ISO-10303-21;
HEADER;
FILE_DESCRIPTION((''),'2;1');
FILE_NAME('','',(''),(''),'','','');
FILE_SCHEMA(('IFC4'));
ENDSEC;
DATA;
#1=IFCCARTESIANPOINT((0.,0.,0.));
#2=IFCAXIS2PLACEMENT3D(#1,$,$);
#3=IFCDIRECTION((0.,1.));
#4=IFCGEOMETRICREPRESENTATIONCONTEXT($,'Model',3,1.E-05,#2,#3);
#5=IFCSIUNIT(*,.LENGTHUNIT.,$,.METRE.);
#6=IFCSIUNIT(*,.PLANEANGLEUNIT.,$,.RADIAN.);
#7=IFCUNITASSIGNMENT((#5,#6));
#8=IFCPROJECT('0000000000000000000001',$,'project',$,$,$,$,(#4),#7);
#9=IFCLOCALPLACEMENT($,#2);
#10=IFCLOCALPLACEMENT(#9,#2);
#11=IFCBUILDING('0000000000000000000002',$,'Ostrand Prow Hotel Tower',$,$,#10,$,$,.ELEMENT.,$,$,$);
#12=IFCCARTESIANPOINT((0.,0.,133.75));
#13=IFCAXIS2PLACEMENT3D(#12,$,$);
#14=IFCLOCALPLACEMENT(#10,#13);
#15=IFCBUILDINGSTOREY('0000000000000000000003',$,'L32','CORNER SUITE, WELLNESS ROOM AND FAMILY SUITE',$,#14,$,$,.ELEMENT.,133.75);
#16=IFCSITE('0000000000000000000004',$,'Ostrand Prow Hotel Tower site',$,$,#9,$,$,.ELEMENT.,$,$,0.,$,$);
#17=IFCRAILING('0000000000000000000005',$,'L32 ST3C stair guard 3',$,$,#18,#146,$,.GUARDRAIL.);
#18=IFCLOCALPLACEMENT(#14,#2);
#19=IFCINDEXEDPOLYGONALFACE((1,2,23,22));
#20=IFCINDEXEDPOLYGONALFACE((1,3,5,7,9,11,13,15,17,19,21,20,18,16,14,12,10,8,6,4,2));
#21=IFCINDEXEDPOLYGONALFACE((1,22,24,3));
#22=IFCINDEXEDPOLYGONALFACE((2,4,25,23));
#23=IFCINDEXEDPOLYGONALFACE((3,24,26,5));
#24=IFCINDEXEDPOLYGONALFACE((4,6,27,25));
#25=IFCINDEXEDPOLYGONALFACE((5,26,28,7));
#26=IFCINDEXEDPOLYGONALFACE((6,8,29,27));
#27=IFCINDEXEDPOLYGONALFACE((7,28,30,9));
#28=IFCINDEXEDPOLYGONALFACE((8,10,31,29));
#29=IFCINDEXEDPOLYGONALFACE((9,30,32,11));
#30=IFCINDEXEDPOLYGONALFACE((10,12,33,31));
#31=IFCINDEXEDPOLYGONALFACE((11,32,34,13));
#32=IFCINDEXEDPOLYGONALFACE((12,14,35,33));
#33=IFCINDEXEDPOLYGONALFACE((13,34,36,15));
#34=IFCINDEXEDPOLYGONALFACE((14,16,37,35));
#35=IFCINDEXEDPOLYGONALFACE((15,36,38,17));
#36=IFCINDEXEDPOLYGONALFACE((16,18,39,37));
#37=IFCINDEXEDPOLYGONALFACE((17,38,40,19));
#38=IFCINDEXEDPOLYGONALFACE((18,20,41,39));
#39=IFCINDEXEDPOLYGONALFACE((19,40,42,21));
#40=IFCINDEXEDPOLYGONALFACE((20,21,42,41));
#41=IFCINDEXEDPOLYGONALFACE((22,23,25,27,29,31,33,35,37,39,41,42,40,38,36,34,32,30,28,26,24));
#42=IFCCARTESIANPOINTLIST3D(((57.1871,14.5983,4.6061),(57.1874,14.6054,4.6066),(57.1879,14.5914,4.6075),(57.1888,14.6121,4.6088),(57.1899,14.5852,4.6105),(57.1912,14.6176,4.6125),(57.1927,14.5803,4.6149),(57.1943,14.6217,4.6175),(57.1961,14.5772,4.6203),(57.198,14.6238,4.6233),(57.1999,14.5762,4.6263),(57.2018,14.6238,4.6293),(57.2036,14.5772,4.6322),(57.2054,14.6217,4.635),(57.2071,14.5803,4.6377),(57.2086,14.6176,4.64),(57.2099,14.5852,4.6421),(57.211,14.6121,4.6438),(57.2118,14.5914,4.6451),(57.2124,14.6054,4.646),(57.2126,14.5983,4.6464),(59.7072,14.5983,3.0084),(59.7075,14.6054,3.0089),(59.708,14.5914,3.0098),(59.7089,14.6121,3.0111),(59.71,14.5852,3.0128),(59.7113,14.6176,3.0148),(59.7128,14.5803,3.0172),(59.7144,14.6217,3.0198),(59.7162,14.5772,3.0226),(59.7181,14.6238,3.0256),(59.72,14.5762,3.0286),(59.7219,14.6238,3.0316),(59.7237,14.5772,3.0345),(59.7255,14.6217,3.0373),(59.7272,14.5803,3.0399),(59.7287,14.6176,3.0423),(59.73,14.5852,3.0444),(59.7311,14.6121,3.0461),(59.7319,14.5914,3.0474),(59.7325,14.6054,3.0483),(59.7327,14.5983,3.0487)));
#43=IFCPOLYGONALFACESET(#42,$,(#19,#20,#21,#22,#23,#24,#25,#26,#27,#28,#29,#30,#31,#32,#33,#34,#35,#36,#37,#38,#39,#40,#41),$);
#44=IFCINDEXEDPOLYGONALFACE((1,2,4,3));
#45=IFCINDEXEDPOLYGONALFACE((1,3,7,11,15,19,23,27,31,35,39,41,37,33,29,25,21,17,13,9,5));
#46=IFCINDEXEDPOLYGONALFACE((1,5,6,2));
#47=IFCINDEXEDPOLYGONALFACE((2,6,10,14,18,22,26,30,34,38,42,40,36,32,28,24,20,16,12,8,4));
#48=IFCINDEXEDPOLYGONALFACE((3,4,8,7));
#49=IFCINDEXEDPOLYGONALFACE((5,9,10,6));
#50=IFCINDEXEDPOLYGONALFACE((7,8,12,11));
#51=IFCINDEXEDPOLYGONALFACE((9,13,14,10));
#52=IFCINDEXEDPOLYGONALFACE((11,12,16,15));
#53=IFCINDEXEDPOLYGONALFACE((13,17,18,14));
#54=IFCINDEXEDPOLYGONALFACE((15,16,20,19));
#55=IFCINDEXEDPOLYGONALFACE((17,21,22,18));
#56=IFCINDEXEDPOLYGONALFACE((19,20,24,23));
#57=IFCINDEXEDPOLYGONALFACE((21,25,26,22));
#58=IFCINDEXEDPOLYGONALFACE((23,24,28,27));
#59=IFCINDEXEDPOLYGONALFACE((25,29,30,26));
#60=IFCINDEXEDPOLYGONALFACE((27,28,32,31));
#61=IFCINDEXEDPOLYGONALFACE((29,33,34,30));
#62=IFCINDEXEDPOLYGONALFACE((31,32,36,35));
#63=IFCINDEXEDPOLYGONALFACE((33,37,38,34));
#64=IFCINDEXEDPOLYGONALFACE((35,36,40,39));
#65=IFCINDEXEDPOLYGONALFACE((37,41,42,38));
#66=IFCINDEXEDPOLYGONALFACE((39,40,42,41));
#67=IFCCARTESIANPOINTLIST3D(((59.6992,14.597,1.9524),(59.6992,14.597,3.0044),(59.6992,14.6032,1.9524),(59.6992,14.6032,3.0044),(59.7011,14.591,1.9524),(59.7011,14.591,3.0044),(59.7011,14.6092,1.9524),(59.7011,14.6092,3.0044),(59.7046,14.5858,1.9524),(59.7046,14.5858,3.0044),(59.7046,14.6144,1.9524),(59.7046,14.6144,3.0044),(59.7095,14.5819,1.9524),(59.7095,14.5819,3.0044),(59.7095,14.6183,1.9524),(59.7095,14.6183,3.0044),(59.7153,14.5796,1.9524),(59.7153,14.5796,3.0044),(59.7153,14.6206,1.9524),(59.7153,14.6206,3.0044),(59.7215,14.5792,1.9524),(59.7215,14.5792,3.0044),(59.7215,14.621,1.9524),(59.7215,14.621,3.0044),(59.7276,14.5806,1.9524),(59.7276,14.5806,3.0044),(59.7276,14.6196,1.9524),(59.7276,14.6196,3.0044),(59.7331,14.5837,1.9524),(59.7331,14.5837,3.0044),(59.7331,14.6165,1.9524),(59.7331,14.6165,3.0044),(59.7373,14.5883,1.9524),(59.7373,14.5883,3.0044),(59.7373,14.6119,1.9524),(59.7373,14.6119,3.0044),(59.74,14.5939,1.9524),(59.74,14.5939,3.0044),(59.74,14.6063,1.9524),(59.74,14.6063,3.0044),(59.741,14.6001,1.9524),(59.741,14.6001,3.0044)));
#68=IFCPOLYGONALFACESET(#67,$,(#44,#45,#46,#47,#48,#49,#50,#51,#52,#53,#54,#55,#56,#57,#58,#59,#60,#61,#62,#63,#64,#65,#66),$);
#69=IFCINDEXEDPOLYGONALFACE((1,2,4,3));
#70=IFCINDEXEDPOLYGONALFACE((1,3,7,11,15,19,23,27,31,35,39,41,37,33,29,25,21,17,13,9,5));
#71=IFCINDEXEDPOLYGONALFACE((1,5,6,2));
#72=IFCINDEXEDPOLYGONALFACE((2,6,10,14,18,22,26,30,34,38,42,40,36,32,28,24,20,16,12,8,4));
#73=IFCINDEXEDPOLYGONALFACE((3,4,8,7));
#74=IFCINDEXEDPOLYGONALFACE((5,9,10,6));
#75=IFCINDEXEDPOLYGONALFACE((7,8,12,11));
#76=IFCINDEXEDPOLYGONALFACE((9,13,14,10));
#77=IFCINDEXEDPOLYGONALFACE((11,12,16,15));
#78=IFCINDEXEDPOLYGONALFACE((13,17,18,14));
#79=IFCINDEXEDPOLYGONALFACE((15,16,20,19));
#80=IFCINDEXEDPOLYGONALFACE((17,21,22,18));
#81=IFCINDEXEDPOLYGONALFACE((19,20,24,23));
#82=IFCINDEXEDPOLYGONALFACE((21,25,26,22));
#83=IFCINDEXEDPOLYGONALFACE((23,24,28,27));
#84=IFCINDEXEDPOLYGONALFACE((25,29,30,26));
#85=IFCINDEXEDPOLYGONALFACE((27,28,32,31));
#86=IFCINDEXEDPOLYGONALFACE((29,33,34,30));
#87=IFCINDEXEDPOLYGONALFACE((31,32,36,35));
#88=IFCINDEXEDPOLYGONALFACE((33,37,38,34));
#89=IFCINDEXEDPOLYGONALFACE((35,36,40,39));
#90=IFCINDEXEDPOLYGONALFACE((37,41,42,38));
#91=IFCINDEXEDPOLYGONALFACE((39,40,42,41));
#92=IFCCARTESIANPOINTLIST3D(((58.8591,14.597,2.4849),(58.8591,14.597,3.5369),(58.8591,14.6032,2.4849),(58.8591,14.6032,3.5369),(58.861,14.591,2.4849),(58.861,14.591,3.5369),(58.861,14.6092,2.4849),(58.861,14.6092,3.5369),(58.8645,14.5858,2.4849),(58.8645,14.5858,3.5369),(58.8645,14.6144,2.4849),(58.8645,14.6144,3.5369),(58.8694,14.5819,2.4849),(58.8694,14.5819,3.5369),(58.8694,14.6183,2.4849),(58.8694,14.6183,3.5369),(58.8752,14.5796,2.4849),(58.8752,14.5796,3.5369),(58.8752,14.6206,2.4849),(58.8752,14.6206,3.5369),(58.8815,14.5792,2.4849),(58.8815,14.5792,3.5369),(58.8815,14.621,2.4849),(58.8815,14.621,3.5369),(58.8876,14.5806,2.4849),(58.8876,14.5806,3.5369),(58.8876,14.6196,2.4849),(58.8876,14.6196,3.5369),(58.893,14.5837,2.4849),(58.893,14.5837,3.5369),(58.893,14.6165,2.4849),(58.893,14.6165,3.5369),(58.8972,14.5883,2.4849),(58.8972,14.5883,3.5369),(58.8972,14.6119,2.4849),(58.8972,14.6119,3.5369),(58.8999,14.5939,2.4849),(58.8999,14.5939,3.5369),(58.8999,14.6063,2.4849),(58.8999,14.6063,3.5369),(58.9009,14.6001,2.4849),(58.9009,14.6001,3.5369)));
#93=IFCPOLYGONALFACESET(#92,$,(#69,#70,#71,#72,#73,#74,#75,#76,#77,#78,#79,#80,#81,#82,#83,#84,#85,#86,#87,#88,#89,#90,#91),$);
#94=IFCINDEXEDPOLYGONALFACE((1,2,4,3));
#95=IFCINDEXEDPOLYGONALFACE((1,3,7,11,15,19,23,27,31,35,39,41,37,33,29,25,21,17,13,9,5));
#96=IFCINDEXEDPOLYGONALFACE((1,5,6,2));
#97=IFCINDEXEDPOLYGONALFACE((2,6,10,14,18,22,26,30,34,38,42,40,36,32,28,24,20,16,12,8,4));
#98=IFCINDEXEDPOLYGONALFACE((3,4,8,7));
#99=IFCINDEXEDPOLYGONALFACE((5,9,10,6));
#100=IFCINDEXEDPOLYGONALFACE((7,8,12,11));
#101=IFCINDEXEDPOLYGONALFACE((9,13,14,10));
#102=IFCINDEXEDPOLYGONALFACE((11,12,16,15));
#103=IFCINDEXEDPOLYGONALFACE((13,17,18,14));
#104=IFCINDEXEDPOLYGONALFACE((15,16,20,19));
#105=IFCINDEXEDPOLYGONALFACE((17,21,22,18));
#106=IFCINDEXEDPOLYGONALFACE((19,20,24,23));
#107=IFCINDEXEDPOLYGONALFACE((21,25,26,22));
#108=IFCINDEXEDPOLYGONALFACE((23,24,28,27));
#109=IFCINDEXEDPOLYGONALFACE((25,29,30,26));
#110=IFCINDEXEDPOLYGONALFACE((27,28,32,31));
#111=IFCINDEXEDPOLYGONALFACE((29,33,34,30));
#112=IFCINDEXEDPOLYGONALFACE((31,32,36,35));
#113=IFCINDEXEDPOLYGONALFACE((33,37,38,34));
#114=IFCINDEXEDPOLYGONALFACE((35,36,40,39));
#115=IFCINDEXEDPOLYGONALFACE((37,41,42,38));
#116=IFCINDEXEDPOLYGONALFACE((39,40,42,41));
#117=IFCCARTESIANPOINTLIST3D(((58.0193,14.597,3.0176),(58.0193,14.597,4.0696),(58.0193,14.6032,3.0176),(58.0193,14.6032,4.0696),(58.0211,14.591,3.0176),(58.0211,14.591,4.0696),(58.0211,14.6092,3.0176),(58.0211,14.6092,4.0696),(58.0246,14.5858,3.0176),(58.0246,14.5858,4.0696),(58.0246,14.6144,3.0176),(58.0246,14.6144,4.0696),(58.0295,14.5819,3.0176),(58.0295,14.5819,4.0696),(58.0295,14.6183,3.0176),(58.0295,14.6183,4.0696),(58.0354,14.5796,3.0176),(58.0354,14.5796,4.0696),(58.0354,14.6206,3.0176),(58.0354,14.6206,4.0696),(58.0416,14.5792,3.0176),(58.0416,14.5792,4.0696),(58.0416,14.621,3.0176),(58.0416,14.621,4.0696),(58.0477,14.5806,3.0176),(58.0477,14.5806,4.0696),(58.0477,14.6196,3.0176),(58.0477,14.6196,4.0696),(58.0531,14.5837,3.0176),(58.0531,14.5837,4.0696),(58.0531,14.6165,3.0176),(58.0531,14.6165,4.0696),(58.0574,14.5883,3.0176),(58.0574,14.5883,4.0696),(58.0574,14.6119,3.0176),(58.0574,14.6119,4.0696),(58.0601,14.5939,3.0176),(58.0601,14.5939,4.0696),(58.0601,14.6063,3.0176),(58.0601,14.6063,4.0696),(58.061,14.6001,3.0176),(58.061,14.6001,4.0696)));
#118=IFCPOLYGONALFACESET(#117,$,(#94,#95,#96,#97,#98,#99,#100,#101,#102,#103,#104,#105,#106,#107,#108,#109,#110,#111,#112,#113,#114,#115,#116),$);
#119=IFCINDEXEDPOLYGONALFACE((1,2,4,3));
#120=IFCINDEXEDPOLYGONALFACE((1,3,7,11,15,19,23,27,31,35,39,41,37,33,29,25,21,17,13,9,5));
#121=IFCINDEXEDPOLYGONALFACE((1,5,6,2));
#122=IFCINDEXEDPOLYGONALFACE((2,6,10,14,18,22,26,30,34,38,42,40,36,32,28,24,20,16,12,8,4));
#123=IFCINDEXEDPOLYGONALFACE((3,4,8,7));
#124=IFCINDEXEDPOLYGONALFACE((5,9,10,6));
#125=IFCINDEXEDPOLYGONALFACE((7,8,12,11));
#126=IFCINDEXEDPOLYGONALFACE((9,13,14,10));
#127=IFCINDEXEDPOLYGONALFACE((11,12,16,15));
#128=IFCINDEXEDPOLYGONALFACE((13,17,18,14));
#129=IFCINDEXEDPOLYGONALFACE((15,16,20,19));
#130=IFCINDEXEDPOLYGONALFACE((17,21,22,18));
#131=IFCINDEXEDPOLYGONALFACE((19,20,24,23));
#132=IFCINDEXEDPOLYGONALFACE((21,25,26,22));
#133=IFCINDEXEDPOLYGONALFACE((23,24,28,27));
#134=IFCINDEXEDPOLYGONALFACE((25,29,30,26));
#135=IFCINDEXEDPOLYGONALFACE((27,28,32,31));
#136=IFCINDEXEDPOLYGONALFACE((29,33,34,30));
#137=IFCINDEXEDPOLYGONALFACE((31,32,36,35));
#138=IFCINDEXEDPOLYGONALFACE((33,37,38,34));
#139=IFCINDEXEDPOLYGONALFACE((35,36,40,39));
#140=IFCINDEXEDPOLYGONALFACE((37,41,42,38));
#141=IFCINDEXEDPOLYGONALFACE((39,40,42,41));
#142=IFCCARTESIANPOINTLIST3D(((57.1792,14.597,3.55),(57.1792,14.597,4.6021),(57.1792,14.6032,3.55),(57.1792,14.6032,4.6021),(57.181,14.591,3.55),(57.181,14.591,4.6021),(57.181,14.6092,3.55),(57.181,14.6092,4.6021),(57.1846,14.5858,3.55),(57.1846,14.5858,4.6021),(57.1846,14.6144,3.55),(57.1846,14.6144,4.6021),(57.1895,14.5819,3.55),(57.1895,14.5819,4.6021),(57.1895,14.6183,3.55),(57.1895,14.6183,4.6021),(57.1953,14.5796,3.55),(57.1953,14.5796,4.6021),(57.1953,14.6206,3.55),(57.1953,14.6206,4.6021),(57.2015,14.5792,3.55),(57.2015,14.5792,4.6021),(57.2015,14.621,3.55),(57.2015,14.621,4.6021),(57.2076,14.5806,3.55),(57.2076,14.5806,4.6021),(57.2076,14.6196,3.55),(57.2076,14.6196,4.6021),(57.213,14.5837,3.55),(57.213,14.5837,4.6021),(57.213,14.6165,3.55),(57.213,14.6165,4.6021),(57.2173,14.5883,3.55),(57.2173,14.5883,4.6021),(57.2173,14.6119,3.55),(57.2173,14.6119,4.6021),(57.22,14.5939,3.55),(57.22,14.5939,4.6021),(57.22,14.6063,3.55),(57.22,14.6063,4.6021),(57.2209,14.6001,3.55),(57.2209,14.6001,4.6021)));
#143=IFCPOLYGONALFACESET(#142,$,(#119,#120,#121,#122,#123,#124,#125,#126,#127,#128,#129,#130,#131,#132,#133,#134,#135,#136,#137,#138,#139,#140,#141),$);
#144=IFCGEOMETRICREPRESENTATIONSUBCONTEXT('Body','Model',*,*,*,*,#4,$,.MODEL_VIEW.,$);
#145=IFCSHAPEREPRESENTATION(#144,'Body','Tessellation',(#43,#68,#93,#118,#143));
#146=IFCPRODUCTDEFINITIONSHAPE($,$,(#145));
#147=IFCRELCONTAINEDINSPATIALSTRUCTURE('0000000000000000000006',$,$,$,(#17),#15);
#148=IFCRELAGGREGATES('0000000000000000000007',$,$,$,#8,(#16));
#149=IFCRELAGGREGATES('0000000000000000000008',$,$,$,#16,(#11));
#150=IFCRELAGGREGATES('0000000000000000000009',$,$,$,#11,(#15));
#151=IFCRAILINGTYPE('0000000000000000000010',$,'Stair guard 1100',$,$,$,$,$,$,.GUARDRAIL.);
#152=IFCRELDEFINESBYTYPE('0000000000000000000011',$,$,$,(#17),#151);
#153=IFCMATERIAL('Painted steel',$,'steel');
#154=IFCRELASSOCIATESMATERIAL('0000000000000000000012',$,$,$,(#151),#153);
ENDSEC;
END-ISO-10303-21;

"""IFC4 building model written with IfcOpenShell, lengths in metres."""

from ifc_helpers import new_model, si_unit, direction, frame, origin, origin_2d, place, context, subcontext, project, spatial, circle, extrude, material, type_object, element, save


model = new_model("IFC4")

# Units and contexts
model_context = context("Model", 3, precision=1e-05, world=origin(), true_north=direction((0.0, 1.0)))
body_context = subcontext(model_context, "Body", "Model", "MODEL_VIEW")
ifc_project = project(units=[si_unit("LENGTHUNIT", "METRE"), si_unit("PLANEANGLEUNIT", "RADIAN")], contexts=[model_context])

# Site, building, storey
site_placement = place(None, origin())
site = spatial("IfcSite", under=ifc_project, at=site_placement, Name="Ostrand Prow Hotel Tower site", CompositionType="ELEMENT", RefElevation=0.0)
building_placement = place(site_placement, origin())
building = spatial("IfcBuilding", under=site, at=building_placement, Name="Ostrand Prow Hotel Tower", CompositionType="ELEMENT")
storey_placement = place(building_placement, frame((0.0, 0.0, 133.75)))
storey = spatial("IfcBuildingStorey", under=building, at=storey_placement, Name="L32", Description="CORNER SUITE, WELLNESS ROOM AND FAMILY SUITE", CompositionType="ELEMENT", Elevation=133.75)

# Railing
ifc_material_1 = material(Name="Painted steel", Category="steel")
railing_type_1 = type_object("IfcRailingType", Name="Stair guard 1100", PredefinedType="GUARDRAIL", material=ifc_material_1)
railing_1_placement = place(storey_placement, frame((59.72, 14.6001, 1.9524)))
element("IfcRailing", 1, at=railing_1_placement, inside=storey, type_object=railing_type_1, Name="L32 ST3C stair guard 3", PredefinedType="GUARDRAIL", context=body_context, shape_type="SweptSolid", body=[
    extrude(circle(Radius=0.0239, at=origin_2d()), frame((0.0, 0.0, 1.0762), z_axis=(-0.84457, 0.0, 0.535445), x_axis=(0.0, -1.0, 0.0)), (0.0, 0.0, 1.0), 2.9839),
    extrude(circle(Radius=0.021, at=origin_2d()), origin(), (0.0, 0.0, 1.0), 1.052),
    extrude(circle(Radius=0.021, at=origin_2d()), frame((-0.8401, 0.0, 0.5325)), (0.0, 0.0, 1.0), 1.052),
    extrude(circle(Radius=0.021, at=origin_2d()), frame((-1.6799, 0.0, 1.0652)), (0.0, 0.0, 1.0), 1.052),
    extrude(circle(Radius=0.021, at=origin_2d()), frame((-2.52, 0.0, 1.5977)), (0.0, 0.0, 1.0), 1.052),
])

save(model, "model.ifc")
